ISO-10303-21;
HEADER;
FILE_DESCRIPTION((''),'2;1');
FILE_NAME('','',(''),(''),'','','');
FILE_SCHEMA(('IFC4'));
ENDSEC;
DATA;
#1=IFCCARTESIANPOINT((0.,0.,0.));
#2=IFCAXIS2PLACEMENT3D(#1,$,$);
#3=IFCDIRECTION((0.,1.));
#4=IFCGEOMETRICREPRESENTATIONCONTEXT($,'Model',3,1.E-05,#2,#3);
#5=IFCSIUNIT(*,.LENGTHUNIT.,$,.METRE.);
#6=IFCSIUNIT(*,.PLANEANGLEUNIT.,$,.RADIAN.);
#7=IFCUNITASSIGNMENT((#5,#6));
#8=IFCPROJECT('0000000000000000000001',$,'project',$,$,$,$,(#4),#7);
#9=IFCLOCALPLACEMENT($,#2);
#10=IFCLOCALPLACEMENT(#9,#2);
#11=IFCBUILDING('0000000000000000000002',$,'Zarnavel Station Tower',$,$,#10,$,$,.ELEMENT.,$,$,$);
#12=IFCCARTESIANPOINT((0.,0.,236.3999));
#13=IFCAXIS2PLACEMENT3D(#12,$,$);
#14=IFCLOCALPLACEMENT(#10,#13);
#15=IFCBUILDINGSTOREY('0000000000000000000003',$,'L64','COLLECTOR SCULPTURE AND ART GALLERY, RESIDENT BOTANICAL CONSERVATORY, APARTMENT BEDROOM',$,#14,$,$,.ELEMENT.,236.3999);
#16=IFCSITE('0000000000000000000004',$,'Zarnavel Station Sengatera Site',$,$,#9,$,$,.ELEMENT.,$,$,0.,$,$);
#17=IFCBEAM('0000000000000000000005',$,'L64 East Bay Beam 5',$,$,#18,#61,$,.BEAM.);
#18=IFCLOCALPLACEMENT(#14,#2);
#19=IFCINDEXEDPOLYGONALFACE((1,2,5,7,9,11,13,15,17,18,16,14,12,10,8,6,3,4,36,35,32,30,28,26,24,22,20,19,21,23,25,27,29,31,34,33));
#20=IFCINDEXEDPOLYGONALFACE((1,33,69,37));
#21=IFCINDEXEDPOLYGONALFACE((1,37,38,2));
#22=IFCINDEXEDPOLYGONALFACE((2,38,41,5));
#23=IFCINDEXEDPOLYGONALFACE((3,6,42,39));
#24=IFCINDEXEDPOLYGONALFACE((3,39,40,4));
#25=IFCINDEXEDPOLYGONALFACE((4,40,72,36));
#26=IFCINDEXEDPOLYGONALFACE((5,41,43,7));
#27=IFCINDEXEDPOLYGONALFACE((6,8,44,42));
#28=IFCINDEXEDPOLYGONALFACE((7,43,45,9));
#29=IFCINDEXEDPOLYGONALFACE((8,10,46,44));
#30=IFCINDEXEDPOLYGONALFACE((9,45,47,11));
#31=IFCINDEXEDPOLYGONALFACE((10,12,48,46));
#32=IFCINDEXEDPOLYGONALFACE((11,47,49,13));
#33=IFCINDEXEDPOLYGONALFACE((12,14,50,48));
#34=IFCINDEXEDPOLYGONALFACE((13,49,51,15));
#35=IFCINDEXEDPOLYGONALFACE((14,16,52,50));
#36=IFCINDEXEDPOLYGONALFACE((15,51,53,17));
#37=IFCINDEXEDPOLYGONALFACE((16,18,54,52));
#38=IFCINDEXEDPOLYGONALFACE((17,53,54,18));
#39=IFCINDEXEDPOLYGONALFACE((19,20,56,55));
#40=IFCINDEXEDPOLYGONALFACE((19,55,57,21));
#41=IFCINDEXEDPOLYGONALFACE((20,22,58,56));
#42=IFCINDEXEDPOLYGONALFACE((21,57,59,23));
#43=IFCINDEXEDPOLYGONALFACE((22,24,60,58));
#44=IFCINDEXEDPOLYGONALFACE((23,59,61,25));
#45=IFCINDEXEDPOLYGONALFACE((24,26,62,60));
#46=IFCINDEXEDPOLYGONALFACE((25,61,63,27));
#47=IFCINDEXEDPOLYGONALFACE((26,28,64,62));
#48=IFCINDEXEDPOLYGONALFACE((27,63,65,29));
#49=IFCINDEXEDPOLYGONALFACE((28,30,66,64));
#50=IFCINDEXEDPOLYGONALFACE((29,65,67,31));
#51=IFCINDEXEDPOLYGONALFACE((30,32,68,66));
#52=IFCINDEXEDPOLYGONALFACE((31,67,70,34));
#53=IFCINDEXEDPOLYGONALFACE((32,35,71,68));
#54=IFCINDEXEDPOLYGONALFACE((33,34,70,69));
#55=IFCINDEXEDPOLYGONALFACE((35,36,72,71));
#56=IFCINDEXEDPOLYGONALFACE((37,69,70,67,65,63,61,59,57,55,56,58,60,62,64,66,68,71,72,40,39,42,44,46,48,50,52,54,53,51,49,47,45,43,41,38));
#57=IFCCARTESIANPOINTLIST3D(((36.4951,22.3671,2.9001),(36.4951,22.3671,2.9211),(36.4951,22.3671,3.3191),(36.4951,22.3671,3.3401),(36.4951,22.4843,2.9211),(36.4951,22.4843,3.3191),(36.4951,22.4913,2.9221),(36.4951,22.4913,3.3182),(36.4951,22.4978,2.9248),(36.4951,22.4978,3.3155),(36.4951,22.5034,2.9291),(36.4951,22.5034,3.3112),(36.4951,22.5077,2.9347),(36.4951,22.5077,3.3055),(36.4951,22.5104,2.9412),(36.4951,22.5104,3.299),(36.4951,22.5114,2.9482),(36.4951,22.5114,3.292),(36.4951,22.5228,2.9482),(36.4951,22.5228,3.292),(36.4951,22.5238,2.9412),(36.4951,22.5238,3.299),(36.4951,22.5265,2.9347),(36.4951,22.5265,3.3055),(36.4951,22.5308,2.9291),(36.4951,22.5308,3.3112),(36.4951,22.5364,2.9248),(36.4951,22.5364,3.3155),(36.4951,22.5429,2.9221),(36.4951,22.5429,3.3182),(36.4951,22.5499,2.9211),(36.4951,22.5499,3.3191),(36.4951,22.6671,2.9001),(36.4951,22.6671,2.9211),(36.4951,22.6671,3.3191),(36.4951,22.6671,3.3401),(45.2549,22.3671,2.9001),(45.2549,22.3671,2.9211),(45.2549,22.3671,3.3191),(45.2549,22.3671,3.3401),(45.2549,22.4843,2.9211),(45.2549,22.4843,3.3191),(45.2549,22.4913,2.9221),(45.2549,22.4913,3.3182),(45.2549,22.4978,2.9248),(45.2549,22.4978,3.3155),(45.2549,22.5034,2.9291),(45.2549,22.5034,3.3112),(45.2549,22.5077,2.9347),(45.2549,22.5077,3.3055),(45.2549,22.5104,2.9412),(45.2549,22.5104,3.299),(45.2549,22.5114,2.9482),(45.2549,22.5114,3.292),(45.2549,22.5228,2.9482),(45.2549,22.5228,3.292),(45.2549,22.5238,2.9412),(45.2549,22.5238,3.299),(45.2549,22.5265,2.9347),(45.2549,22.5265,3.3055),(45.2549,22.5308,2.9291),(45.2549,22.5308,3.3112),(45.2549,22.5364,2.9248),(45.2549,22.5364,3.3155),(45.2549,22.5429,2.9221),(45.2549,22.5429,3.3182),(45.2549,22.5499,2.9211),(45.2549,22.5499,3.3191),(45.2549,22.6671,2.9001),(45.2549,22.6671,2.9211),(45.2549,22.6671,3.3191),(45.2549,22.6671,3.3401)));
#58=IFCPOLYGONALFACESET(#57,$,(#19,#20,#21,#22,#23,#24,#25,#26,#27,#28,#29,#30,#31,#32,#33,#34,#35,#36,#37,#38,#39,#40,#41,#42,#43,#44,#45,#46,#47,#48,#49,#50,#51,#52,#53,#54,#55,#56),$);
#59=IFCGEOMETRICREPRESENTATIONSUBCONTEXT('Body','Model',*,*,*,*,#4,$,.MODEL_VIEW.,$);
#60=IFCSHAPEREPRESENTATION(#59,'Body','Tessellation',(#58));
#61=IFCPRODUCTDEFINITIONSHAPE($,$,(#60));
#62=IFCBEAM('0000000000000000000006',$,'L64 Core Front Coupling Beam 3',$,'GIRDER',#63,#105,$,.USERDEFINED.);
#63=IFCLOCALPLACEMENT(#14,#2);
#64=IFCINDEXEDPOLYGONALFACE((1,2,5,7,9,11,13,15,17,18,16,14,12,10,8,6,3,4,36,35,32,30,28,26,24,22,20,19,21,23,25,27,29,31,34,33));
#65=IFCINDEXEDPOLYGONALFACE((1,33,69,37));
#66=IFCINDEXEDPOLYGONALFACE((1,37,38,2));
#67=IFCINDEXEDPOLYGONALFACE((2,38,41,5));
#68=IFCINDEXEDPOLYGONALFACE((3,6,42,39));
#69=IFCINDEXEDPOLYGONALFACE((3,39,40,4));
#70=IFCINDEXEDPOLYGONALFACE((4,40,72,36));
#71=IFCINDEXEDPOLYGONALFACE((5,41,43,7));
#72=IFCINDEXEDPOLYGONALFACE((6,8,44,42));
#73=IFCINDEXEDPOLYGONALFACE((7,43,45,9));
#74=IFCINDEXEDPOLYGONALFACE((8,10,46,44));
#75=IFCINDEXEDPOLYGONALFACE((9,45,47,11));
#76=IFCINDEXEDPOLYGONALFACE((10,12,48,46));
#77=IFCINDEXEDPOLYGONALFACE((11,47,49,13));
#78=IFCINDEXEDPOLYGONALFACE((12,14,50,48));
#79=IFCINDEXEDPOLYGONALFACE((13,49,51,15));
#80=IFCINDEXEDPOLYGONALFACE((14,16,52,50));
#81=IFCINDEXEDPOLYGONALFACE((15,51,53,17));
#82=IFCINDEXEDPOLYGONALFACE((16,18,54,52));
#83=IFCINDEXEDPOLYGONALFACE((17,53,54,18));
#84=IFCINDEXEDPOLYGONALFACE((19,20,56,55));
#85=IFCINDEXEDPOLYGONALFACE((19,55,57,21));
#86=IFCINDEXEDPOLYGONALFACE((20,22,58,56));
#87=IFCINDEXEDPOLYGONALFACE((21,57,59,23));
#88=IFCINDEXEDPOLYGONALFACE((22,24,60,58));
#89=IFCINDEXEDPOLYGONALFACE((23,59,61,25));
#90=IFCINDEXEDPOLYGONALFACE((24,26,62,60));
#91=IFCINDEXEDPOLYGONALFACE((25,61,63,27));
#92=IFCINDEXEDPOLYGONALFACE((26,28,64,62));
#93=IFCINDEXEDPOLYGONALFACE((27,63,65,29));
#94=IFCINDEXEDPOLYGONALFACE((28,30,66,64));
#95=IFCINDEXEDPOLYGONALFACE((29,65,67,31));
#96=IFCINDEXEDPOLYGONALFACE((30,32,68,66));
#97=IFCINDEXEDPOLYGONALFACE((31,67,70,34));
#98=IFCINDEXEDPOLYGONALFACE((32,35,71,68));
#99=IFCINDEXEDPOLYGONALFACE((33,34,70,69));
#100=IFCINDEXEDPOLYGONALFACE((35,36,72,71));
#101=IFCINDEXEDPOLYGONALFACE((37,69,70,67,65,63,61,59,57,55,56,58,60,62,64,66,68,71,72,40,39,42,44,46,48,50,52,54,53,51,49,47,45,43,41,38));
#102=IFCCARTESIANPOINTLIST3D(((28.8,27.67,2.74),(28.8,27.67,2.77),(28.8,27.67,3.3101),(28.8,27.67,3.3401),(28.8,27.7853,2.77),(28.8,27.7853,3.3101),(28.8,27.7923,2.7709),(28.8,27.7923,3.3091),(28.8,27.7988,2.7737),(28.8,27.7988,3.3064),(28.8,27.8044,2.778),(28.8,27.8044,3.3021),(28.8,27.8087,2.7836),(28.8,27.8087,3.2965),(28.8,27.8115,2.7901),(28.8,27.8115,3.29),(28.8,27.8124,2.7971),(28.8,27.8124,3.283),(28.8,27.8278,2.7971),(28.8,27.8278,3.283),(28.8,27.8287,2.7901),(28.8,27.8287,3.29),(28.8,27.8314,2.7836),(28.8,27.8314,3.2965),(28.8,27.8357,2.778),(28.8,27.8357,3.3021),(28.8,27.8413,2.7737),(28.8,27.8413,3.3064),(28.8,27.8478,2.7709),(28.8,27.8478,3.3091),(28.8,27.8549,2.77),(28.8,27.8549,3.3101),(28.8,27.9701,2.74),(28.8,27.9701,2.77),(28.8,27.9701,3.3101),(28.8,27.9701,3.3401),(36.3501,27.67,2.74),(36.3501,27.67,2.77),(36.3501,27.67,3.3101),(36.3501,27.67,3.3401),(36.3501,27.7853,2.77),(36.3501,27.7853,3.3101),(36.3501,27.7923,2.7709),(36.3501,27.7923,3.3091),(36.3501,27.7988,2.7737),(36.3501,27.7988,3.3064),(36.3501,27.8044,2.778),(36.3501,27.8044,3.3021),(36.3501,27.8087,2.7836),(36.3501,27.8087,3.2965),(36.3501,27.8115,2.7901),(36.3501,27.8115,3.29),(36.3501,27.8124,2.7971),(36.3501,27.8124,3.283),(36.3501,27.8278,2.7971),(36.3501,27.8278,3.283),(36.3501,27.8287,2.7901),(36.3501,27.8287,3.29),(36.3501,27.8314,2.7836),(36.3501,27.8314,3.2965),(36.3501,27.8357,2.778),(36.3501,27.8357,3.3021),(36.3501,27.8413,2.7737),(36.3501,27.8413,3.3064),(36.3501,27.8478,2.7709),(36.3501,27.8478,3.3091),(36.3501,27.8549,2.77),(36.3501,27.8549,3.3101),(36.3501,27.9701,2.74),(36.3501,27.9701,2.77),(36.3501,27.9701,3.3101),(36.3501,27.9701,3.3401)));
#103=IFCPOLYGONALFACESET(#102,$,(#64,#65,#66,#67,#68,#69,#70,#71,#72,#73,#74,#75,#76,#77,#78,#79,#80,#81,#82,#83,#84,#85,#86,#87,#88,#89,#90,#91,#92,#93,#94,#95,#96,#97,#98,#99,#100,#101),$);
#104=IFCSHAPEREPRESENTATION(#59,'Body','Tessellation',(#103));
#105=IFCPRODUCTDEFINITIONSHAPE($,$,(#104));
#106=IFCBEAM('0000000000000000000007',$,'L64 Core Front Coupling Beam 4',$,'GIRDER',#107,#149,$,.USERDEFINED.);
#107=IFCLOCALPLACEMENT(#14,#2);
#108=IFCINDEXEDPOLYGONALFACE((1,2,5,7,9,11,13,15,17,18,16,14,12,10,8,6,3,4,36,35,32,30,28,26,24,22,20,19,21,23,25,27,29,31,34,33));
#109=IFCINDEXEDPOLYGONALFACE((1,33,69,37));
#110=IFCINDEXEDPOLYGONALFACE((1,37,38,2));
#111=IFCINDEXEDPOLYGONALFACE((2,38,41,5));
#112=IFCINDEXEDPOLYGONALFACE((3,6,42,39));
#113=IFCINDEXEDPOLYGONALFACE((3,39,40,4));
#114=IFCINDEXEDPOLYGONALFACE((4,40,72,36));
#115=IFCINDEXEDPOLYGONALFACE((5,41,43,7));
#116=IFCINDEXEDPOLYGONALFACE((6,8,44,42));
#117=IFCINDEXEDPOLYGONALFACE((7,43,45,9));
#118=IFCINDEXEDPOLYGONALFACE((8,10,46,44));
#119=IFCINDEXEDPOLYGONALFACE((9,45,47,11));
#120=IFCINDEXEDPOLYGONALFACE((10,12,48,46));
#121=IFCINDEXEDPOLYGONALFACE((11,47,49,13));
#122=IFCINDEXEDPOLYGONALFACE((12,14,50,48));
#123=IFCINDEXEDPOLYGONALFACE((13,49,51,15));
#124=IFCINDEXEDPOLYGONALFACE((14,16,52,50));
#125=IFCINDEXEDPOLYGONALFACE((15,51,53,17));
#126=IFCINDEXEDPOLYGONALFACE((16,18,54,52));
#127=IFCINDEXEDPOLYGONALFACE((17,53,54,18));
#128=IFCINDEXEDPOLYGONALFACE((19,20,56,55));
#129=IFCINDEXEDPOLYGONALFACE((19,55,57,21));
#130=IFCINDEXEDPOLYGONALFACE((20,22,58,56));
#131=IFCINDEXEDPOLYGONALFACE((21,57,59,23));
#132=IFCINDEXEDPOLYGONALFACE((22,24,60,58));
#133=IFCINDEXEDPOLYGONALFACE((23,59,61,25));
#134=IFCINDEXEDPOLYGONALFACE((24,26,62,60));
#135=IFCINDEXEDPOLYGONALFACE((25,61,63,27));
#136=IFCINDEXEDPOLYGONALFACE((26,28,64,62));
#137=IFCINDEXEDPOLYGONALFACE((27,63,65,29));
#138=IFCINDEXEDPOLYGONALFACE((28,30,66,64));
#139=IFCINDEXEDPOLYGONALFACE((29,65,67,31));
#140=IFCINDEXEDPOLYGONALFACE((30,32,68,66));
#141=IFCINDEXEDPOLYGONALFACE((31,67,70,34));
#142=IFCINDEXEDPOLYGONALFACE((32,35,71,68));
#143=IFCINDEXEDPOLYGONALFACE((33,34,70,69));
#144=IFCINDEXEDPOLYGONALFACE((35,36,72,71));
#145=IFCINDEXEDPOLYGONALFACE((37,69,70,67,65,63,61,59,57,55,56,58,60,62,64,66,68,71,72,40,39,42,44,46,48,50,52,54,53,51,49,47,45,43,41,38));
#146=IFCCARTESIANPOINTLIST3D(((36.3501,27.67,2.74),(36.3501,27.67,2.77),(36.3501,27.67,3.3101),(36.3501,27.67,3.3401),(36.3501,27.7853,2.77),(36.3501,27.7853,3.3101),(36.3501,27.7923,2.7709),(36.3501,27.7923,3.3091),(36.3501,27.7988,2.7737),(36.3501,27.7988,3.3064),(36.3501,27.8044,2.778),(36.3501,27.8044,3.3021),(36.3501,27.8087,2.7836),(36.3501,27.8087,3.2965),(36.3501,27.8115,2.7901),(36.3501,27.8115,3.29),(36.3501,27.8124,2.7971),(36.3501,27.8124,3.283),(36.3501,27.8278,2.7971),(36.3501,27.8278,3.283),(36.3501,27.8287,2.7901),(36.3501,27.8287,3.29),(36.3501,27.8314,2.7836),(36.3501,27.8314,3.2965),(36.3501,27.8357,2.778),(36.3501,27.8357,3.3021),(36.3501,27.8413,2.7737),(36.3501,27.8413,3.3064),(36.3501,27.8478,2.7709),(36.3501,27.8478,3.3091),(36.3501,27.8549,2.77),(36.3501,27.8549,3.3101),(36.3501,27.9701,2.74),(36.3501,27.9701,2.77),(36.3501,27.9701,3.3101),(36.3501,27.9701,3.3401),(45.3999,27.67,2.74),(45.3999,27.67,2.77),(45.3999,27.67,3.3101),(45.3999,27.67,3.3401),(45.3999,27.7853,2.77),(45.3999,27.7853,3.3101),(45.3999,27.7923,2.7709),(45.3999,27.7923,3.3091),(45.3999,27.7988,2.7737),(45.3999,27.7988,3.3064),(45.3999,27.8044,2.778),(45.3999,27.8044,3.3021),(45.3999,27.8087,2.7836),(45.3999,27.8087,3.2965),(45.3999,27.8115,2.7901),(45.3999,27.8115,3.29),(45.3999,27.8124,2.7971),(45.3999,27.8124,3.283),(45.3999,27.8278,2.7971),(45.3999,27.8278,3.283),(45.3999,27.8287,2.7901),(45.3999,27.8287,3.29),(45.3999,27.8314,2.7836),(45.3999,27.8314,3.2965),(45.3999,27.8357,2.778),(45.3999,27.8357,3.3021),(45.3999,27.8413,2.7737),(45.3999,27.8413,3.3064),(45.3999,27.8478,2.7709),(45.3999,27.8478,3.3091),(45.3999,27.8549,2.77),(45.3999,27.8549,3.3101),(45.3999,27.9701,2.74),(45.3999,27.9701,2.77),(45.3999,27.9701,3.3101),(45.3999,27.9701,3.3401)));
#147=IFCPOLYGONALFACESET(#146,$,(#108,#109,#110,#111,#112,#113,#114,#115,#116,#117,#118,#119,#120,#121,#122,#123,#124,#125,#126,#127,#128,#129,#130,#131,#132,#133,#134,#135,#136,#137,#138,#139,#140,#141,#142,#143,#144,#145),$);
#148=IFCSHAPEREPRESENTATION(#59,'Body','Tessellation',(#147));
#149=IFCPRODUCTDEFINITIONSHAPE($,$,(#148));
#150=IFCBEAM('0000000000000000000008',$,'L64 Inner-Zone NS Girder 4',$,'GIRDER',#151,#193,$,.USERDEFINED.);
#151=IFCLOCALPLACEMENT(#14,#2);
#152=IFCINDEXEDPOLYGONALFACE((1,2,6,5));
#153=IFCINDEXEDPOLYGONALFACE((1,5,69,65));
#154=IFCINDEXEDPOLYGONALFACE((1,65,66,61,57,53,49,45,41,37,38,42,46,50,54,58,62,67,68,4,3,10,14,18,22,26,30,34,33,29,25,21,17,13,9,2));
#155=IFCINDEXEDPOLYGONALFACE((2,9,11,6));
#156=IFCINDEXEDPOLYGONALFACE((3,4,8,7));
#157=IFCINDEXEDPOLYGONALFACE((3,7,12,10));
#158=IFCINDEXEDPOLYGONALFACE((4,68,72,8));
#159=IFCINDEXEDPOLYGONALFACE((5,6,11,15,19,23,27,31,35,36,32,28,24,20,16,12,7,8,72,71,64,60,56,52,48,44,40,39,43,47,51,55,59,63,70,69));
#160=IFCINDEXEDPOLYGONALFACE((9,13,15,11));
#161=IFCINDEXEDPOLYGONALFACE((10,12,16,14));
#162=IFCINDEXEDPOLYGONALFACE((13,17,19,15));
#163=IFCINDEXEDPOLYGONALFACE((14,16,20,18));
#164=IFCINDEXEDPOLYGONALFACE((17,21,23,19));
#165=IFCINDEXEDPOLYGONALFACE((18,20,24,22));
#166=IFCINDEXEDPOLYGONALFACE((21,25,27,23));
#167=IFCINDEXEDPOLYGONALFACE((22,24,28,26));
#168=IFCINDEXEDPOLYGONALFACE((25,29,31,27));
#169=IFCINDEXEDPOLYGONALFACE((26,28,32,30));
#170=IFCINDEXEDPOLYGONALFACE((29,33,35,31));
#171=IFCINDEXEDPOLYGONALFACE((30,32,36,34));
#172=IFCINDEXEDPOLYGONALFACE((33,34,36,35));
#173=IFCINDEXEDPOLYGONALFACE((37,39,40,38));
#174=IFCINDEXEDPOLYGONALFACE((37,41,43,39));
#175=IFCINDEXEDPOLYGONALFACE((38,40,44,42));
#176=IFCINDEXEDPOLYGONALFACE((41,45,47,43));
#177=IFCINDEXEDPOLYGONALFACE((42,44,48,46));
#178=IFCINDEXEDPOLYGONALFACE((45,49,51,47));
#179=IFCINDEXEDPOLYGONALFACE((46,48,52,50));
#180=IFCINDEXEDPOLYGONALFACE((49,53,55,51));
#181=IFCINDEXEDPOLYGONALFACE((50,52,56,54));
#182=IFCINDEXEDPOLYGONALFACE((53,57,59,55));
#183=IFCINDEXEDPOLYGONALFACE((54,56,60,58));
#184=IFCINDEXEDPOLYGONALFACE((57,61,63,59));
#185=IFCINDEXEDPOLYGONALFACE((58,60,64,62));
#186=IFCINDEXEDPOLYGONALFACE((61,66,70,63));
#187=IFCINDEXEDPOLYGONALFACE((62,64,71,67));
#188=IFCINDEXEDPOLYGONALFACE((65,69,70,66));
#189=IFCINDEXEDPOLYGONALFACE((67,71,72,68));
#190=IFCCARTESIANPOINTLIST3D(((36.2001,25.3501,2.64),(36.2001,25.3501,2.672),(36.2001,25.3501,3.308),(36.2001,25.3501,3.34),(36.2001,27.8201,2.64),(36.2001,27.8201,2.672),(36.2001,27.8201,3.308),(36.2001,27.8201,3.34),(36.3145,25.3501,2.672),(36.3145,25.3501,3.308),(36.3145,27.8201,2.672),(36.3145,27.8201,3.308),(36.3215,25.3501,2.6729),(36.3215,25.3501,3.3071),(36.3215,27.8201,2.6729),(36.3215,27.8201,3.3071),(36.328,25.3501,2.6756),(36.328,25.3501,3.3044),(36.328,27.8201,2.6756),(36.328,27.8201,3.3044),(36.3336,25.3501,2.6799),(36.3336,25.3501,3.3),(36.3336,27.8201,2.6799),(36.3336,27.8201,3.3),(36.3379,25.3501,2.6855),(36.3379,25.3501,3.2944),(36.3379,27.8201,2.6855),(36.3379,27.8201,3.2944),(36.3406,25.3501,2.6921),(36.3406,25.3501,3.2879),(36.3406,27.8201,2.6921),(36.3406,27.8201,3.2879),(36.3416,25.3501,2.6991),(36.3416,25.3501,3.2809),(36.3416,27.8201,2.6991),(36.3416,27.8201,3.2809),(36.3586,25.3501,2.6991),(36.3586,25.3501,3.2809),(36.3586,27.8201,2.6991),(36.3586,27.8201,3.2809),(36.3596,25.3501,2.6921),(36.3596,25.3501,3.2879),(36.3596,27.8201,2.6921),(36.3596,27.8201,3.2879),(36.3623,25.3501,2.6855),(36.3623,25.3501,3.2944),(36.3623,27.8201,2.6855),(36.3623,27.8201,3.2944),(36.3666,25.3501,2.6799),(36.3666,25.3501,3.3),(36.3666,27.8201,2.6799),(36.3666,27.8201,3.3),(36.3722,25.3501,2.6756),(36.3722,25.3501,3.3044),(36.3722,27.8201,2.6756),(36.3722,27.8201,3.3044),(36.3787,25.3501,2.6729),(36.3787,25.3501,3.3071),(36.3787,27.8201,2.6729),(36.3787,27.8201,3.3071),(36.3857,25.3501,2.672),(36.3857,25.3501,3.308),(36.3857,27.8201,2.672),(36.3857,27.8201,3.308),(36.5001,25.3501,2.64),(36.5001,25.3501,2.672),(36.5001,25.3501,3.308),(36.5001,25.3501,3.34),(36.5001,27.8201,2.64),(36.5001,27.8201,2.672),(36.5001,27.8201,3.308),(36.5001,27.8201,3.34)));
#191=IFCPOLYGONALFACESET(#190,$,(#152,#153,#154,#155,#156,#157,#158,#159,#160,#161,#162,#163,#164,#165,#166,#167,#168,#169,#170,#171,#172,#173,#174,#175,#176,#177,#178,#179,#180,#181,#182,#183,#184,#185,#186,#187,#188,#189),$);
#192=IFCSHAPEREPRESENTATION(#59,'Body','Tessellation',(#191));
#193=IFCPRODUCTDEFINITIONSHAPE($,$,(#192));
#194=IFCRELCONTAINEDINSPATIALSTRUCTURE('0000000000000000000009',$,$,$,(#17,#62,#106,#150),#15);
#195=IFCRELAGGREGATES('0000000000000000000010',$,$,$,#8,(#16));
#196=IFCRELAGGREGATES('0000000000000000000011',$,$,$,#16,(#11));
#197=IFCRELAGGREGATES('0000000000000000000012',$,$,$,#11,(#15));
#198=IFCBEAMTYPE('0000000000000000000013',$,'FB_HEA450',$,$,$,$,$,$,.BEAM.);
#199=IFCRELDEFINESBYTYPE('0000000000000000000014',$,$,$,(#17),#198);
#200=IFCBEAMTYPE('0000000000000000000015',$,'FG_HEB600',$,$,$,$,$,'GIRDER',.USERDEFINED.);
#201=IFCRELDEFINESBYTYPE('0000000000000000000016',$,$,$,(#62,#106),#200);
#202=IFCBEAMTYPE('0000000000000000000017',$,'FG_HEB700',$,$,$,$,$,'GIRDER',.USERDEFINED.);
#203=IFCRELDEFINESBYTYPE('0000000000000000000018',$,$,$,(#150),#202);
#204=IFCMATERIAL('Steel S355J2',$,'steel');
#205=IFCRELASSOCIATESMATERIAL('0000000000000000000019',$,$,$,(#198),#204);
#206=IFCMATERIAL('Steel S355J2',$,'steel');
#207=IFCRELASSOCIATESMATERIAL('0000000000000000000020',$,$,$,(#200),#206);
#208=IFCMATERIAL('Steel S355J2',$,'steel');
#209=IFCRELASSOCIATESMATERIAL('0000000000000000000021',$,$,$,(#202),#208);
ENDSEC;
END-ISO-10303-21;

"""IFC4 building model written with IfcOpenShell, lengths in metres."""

from ifc_helpers import new_model, si_unit, direction, frame, origin, origin_2d, place, context, subcontext, project, spatial, i_section, extrude, material, material_profile, profile_set, type_object, element, save


model = new_model("IFC4")

# Units and contexts
model_context = context("Model", 3, precision=1e-05, world=origin(), true_north=direction((0.0, 1.0)))
body_context = subcontext(model_context, "Body", "Model", "MODEL_VIEW")
ifc_project = project(units=[si_unit("LENGTHUNIT", "METRE"), si_unit("PLANEANGLEUNIT", "RADIAN")], contexts=[model_context])

# Site, building, storey
site_placement = place(None, origin())
site = spatial("IfcSite", under=ifc_project, at=site_placement, Name="Zarnavel Station Sengatera Site", CompositionType="ELEMENT", RefElevation=0.0)
building_placement = place(site_placement, origin())
building = spatial("IfcBuilding", under=site, at=building_placement, Name="Zarnavel Station Tower", CompositionType="ELEMENT")
storey_placement = place(building_placement, frame((0.0, 0.0, 236.3999)))
storey = spatial("IfcBuildingStorey", under=building, at=storey_placement, Name="L64", Description="COLLECTOR SCULPTURE AND ART GALLERY, RESIDENT BOTANICAL CONSERVATORY, APARTMENT BEDROOM", CompositionType="ELEMENT", Elevation=236.3999)

# Beams
ifc_material_1 = material(Name="Steel S355J2", Category="steel")
ifc_material_profile_1 = material_profile(ifc_material_1, i_section(OverallWidth=0.3, OverallDepth=0.4399, WebThickness=0.0115, FlangeThickness=0.021, FilletRadius=0.0271, at=origin_2d()), Name="HEA450")
ifc_profile_set_1 = profile_set([ifc_material_profile_1], Name="Steel S355J2")
beam_type_1 = type_object("IfcBeamType", Name="FB_HEA450", PredefinedType="BEAM", material=ifc_profile_set_1)
beam_1_placement = place(storey_placement, frame((36.4951, 22.5171, 3.1201), z_axis=(1.0, 0.0, 0.0), x_axis=(0.0, 1.0, 0.0)))
element("IfcBeam", 1, at=beam_1_placement, inside=storey, type_object=beam_type_1, Name="L64 East Bay Beam 5", PredefinedType="BEAM", context=body_context, shape_type="SweptSolid", body=[
    extrude(i_section(OverallWidth=0.3, OverallDepth=0.4399, WebThickness=0.0115, FlangeThickness=0.021, FilletRadius=0.0271, at=origin_2d()), origin(), (0.0, 0.0, 1.0), 8.7598),
])
ifc_material_2 = material(Name="Steel S355J2", Category="steel")
ifc_material_profile_2 = material_profile(ifc_material_2, i_section(OverallWidth=0.3, OverallDepth=0.6001, WebThickness=0.0154, FlangeThickness=0.03, FilletRadius=0.0271, at=origin_2d()), Name="HEB600")
ifc_profile_set_2 = profile_set([ifc_material_profile_2], Name="Steel S355J2")
beam_type_2 = type_object("IfcBeamType", Name="FG_HEB600", ElementType="GIRDER", PredefinedType="USERDEFINED", material=ifc_profile_set_2)
beam_2_placement = place(storey_placement, frame((28.8, 27.8201, 3.04), z_axis=(1.0, 0.0, 0.0), x_axis=(0.0, 1.0, 0.0)))
element("IfcBeam", 2, at=beam_2_placement, inside=storey, type_object=beam_type_2, Name="L64 Core Front Coupling Beam 3", ObjectType="GIRDER", PredefinedType="USERDEFINED", context=body_context, shape_type="SweptSolid", body=[
    extrude(i_section(OverallWidth=0.3, OverallDepth=0.6001, WebThickness=0.0154, FlangeThickness=0.03, FilletRadius=0.0271, at=origin_2d()), origin(), (0.0, 0.0, 1.0), 7.55),
])
beam_3_placement = place(storey_placement, frame((36.3501, 27.8201, 3.04), z_axis=(1.0, 0.0, 0.0), x_axis=(0.0, 1.0, 0.0)))
element("IfcBeam", 3, at=beam_3_placement, inside=storey, type_object=beam_type_2, Name="L64 Core Front Coupling Beam 4", ObjectType="GIRDER", PredefinedType="USERDEFINED", context=body_context, shape_type="SweptSolid", body=[
    extrude(i_section(OverallWidth=0.3, OverallDepth=0.6001, WebThickness=0.0154, FlangeThickness=0.03, FilletRadius=0.0271, at=origin_2d()), origin(), (0.0, 0.0, 1.0), 9.0498),
])
ifc_material_3 = material(Name="Steel S355J2", Category="steel")
ifc_material_profile_3 = material_profile(ifc_material_3, i_section(OverallWidth=0.3, OverallDepth=0.7, WebThickness=0.0171, FlangeThickness=0.032, FilletRadius=0.0271, at=origin_2d()), Name="HEB700")
ifc_profile_set_3 = profile_set([ifc_material_profile_3], Name="Steel S355J2")
beam_type_3 = type_object("IfcBeamType", Name="FG_HEB700", ElementType="GIRDER", PredefinedType="USERDEFINED", material=ifc_profile_set_3)
beam_4_placement = place(storey_placement, frame((36.3501, 25.3501, 2.99), z_axis=(0.0, 1.0, 0.0), x_axis=(-1.0, 0.0, 0.0)))
element("IfcBeam", 4, at=beam_4_placement, inside=storey, type_object=beam_type_3, Name="L64 Inner-Zone NS Girder 4", ObjectType="GIRDER", PredefinedType="USERDEFINED", context=body_context, shape_type="SweptSolid", body=[
    extrude(i_section(OverallWidth=0.3, OverallDepth=0.7, WebThickness=0.0171, FlangeThickness=0.032, FilletRadius=0.0271, at=origin_2d()), origin(), (0.0, 0.0, 1.0), 2.47),
])

save(model, "model.ifc")
